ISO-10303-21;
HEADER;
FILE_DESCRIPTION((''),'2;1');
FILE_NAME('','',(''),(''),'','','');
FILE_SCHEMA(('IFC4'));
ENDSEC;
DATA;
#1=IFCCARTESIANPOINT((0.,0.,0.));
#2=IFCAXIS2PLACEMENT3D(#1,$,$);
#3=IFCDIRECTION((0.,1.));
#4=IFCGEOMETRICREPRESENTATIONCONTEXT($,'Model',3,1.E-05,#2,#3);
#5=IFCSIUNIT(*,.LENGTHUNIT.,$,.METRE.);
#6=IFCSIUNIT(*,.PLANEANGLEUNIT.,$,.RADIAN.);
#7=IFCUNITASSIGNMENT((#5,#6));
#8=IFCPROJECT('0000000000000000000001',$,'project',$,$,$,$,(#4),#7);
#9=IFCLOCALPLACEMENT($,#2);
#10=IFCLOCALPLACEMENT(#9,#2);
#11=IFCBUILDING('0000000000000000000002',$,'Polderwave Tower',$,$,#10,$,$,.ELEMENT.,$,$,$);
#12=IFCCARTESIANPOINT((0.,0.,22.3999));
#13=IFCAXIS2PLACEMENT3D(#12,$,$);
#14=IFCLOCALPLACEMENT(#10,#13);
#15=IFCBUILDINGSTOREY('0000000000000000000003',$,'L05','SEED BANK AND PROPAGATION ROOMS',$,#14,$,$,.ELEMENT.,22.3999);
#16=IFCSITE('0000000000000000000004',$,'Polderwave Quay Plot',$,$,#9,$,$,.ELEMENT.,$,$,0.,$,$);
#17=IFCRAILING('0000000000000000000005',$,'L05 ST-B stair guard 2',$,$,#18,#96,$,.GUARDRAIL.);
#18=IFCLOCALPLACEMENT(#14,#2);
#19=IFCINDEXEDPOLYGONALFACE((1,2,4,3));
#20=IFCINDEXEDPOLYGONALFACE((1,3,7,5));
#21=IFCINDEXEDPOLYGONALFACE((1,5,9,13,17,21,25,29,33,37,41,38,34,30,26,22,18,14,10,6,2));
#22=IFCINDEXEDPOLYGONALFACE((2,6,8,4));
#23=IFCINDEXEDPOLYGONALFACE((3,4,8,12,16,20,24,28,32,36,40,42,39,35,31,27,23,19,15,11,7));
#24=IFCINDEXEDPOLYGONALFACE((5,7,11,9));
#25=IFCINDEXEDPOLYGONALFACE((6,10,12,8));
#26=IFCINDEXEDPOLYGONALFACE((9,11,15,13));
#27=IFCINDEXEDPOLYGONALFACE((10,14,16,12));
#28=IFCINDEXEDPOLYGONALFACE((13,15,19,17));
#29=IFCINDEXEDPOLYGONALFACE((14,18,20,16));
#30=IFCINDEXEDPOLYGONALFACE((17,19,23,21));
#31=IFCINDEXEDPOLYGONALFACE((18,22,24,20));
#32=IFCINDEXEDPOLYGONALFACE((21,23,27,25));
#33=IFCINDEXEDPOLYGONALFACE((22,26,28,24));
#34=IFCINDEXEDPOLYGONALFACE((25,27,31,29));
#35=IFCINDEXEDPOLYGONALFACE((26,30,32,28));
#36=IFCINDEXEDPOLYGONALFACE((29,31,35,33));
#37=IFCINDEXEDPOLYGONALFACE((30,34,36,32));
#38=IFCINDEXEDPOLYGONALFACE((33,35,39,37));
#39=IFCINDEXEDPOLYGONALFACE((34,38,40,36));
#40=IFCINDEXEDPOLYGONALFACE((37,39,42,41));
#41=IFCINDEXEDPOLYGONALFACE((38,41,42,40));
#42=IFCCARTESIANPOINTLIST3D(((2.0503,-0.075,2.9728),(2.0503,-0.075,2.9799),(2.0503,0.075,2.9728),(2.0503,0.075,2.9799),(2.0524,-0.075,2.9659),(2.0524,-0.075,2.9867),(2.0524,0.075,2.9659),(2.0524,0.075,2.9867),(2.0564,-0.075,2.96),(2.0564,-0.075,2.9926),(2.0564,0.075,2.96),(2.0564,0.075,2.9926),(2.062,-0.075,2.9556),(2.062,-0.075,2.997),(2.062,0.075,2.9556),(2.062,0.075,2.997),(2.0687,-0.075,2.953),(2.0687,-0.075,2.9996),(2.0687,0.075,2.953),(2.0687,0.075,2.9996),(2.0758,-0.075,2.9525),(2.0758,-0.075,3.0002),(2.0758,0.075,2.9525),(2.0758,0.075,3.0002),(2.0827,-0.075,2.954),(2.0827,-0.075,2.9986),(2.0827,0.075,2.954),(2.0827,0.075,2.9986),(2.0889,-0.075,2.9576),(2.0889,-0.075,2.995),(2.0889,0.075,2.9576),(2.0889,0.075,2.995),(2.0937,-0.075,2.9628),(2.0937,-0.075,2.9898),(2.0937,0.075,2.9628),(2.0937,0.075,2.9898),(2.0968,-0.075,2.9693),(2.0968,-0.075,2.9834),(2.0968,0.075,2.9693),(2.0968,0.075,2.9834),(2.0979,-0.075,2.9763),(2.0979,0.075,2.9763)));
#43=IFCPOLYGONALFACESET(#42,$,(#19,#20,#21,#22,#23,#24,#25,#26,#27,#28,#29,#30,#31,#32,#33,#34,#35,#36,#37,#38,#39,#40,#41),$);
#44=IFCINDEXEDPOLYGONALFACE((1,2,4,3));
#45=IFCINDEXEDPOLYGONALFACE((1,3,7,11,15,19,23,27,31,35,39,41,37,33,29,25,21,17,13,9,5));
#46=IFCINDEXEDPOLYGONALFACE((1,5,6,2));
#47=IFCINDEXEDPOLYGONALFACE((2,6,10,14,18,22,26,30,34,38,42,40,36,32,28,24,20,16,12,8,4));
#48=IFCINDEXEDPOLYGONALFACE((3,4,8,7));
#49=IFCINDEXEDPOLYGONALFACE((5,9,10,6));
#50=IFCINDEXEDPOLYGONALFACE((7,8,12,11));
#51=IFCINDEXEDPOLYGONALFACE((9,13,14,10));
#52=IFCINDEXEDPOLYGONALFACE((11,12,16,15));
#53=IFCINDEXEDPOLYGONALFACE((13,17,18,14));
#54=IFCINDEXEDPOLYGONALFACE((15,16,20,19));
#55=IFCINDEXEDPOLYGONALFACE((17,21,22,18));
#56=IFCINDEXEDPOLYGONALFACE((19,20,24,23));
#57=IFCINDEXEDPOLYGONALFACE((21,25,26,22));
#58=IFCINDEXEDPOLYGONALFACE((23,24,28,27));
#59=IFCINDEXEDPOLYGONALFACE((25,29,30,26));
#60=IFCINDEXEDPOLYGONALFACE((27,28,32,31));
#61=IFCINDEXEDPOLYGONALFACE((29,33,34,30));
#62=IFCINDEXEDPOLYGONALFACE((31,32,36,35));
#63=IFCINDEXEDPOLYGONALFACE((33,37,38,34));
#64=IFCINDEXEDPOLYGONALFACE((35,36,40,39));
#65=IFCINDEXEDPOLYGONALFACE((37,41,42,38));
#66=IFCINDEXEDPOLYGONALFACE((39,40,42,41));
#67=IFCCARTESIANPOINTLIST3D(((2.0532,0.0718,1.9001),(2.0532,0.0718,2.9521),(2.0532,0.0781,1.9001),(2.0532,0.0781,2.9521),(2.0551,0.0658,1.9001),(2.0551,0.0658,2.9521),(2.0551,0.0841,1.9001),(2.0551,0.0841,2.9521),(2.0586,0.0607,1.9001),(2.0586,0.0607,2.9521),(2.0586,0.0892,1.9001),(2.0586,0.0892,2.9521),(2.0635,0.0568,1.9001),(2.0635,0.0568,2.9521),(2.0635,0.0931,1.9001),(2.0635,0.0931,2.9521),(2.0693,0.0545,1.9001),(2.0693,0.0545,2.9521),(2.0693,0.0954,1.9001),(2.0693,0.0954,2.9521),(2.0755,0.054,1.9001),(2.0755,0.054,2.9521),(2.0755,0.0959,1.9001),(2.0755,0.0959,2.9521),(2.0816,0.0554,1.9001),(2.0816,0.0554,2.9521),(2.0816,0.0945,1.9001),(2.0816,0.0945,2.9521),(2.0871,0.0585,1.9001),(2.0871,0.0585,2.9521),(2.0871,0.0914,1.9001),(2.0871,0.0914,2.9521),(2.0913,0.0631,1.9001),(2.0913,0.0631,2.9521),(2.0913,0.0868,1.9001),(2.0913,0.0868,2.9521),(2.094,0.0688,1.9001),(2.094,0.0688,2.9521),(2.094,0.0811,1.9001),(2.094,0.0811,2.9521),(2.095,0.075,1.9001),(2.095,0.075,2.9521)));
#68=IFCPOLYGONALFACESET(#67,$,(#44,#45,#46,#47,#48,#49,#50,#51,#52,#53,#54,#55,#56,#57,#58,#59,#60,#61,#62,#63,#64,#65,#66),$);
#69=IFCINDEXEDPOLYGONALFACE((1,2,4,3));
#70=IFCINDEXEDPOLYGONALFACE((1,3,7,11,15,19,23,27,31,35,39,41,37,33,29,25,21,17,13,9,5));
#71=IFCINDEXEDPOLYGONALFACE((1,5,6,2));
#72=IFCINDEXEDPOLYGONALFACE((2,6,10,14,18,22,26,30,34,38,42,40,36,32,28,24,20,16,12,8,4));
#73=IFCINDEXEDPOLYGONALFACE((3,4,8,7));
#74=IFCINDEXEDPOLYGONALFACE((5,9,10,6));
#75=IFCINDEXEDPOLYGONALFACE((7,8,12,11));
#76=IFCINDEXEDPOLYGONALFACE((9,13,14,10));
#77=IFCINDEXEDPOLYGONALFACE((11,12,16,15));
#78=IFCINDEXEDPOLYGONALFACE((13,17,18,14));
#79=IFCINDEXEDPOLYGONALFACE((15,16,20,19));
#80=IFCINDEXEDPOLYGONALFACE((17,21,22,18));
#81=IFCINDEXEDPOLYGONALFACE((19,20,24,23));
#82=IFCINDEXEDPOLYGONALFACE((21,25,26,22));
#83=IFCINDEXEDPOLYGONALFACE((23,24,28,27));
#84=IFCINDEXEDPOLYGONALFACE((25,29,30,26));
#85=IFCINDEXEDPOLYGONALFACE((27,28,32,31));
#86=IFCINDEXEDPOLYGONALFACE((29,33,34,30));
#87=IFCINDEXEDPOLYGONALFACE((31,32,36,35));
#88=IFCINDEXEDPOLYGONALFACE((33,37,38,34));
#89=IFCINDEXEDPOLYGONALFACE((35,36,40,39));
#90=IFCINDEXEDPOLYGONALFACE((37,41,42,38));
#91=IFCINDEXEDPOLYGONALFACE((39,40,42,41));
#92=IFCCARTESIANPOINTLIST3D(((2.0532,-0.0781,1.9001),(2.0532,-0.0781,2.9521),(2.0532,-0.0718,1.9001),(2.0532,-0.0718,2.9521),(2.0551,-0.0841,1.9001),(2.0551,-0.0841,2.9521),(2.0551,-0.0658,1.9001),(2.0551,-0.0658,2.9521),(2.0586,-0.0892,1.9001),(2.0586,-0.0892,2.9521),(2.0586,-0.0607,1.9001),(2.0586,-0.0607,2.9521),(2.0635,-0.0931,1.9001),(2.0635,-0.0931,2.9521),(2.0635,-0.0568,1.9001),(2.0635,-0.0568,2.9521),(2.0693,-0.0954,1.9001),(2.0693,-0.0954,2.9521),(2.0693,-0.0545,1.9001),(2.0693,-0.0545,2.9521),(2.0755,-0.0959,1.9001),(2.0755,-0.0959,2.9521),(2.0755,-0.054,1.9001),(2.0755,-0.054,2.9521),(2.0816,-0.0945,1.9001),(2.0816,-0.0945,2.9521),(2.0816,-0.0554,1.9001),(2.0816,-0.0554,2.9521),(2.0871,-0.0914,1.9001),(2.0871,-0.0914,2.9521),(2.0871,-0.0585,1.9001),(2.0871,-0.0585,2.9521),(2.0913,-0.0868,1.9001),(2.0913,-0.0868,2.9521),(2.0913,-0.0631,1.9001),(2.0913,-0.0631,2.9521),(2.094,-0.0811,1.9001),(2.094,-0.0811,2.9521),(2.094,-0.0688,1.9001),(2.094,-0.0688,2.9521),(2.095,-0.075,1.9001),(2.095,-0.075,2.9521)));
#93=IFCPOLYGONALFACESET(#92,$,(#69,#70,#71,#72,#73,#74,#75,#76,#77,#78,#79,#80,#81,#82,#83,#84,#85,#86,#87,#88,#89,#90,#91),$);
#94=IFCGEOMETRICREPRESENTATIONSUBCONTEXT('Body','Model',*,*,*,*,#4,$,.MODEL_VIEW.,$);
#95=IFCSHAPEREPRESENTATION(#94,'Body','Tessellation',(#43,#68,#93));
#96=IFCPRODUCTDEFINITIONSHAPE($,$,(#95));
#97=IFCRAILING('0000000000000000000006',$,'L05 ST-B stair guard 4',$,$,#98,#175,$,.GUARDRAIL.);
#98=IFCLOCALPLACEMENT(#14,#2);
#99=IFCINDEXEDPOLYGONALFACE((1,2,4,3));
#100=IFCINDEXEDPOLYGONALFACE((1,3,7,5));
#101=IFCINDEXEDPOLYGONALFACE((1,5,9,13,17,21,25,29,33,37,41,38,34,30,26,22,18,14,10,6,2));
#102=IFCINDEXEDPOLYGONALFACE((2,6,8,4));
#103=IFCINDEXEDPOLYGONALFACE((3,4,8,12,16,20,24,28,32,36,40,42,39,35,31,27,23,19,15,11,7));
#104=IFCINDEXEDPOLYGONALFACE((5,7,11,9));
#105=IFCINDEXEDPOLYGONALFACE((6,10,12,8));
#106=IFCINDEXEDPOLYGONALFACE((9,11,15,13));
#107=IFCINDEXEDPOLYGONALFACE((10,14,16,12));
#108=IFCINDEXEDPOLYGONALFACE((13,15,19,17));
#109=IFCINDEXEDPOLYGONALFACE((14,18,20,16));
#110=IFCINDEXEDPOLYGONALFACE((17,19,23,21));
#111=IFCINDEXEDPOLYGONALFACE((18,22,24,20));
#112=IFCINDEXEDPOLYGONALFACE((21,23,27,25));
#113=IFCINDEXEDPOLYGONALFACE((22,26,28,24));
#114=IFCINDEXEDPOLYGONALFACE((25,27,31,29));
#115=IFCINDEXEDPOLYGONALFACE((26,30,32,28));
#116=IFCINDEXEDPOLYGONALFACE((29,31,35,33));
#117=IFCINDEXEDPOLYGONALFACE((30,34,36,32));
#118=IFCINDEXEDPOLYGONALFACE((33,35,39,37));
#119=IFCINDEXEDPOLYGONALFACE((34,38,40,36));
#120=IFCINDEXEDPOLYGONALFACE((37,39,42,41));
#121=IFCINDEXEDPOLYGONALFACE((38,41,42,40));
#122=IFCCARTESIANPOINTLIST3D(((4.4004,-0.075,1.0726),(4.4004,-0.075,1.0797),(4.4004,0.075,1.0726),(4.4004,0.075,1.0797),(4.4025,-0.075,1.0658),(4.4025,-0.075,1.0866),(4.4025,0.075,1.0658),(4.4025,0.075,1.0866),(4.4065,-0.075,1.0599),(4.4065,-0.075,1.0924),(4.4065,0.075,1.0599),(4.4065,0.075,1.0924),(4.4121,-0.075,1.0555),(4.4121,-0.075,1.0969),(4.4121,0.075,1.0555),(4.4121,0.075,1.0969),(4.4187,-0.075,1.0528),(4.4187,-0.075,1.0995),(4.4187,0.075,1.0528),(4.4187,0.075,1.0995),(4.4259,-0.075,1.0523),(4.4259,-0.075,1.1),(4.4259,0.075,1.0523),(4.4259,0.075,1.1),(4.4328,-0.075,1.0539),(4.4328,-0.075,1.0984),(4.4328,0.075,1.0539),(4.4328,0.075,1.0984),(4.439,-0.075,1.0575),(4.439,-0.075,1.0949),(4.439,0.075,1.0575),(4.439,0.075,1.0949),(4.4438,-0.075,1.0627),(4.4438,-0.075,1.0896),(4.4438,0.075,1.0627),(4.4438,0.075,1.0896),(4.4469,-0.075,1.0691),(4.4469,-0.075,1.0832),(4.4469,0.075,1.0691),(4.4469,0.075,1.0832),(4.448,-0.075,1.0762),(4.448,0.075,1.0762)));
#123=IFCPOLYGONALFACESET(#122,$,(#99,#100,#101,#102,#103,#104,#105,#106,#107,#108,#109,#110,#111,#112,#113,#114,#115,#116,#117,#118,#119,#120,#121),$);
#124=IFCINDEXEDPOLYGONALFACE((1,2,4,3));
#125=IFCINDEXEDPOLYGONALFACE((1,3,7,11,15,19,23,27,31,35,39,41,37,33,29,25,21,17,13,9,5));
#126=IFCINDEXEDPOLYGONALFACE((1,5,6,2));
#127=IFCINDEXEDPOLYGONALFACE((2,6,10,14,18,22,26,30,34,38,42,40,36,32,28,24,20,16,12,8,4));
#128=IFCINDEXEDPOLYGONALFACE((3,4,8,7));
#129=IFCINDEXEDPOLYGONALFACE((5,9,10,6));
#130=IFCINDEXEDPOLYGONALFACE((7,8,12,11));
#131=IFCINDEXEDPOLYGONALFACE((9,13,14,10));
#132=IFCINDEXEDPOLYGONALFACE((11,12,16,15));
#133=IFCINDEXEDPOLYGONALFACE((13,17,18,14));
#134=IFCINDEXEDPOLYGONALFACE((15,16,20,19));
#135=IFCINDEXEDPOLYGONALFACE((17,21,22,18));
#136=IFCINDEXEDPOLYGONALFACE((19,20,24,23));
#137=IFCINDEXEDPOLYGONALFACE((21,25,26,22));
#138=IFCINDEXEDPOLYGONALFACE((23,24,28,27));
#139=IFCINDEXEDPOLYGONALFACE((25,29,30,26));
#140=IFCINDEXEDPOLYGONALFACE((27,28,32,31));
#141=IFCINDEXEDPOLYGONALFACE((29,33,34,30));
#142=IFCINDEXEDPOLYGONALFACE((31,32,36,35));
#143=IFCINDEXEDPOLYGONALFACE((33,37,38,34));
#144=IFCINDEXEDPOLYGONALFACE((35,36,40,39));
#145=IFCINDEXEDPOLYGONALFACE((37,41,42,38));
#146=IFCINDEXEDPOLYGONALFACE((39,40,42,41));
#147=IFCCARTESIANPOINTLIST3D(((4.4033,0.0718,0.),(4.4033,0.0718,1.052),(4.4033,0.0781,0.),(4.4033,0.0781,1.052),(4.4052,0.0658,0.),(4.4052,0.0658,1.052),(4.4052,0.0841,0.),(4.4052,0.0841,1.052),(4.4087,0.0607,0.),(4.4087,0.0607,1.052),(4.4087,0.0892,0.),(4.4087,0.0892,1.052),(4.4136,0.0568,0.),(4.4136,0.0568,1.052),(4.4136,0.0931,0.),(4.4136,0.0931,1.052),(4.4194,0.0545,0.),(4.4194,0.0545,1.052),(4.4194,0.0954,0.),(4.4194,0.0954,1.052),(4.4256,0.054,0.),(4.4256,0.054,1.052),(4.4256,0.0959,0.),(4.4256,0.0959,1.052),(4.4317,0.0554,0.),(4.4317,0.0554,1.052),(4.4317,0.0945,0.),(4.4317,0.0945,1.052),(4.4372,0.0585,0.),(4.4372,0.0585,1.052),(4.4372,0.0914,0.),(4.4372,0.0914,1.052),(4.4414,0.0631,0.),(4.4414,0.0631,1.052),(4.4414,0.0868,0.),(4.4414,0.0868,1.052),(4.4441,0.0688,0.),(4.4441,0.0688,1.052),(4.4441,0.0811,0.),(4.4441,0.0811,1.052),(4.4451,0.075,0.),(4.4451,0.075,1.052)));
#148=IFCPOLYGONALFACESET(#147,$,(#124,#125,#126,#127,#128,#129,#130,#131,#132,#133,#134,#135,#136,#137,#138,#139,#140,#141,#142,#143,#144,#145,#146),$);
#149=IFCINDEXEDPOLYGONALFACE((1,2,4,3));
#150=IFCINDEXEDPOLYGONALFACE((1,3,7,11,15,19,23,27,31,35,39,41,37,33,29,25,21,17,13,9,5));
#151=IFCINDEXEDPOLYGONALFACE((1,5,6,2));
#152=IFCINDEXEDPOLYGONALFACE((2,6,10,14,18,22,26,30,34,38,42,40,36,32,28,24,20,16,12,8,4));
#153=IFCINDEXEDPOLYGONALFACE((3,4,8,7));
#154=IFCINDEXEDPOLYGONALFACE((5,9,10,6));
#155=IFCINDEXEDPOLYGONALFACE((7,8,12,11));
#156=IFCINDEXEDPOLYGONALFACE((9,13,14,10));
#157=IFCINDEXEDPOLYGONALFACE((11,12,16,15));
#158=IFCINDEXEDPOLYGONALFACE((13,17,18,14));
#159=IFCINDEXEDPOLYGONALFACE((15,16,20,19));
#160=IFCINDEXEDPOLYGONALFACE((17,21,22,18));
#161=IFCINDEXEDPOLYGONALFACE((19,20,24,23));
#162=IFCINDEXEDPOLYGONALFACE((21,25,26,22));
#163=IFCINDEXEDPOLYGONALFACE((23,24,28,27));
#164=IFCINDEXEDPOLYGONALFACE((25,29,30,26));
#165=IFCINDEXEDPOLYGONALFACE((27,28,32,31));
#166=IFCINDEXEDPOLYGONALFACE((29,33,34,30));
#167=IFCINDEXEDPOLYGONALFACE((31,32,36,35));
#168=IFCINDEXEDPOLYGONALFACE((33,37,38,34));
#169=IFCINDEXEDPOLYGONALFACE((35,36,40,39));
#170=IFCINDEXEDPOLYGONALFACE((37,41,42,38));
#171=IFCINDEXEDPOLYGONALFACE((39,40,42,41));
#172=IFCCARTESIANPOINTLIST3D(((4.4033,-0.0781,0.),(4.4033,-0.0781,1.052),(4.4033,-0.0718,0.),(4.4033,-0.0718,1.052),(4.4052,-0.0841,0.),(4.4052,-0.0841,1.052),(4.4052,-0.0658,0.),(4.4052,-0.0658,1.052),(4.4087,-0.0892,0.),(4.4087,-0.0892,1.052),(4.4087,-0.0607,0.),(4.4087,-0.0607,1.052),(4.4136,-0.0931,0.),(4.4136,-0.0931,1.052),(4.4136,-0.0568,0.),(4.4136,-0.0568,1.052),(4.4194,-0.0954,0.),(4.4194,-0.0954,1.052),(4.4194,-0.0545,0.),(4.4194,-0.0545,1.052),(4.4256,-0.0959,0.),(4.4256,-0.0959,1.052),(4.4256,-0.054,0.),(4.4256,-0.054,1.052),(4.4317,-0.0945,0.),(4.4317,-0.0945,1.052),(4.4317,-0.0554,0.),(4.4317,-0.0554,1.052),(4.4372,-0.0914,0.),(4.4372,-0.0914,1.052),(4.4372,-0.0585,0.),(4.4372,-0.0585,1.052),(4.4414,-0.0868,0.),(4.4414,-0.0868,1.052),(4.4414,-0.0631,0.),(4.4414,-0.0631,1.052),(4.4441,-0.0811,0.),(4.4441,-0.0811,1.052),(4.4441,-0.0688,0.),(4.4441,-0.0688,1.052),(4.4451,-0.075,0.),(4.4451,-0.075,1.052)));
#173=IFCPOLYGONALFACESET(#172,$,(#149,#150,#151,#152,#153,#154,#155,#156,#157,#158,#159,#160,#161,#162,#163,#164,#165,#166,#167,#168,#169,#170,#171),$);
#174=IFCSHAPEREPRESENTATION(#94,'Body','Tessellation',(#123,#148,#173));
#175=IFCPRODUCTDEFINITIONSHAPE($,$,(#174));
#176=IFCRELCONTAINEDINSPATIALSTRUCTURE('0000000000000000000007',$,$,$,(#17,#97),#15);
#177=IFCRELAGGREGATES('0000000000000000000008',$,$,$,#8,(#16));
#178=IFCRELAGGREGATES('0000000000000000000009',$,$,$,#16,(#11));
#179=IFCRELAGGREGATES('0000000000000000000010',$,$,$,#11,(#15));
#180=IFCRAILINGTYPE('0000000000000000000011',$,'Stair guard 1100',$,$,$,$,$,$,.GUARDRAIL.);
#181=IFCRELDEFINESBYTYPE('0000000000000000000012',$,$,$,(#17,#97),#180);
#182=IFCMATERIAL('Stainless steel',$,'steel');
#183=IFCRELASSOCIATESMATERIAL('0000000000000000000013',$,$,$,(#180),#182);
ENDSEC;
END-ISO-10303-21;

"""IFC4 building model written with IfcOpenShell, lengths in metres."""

from ifc_helpers import new_model, si_unit, direction, frame, origin, origin_2d, place, context, subcontext, project, spatial, circle, extrude, material, type_object, element, save


model = new_model("IFC4")

# Units and contexts
model_context = context("Model", 3, precision=1e-05, world=origin(), true_north=direction((0.0, 1.0)))
body_context = subcontext(model_context, "Body", "Model", "MODEL_VIEW")
ifc_project = project(units=[si_unit("LENGTHUNIT", "METRE"), si_unit("PLANEANGLEUNIT", "RADIAN")], contexts=[model_context])

# Site, building, storey
site_placement = place(None, origin())
site = spatial("IfcSite", under=ifc_project, at=site_placement, Name="Polderwave Quay Plot", CompositionType="ELEMENT", RefElevation=0.0)
building_placement = place(site_placement, origin())
building = spatial("IfcBuilding", under=site, at=building_placement, Name="Polderwave Tower", CompositionType="ELEMENT")
storey_placement = place(building_placement, frame((0.0, 0.0, 22.3999)))
storey = spatial("IfcBuildingStorey", under=building, at=storey_placement, Name="L05", Description="SEED BANK AND PROPAGATION ROOMS", CompositionType="ELEMENT", Elevation=22.3999)

# Railings
ifc_material_1 = material(Name="Stainless steel", Category="steel")
railing_type_1 = type_object("IfcRailingType", Name="Stair guard 1100", PredefinedType="GUARDRAIL", material=ifc_material_1)
for number, where, name in (
    (1, (2.074, 0.075, 1.9001), "L05 ST-B stair guard 2"),
    (2, (4.4241, 0.075, 0.0), "L05 ST-B stair guard 4"),
):
    element("IfcRailing", number, at=place(storey_placement, frame(where)), inside=storey, type_object=railing_type_1, Name=name, PredefinedType="GUARDRAIL", context=body_context, shape_type="SweptSolid", body=[
        extrude(circle(Radius=0.0239, at=origin_2d()), frame((0.0, 0.0, 1.0762), z_axis=(0.0, -1.0, 0.0), x_axis=(1.0, 0.0, 0.0)), (0.0, 0.0, 1.0), 0.1499),
        extrude(circle(Radius=0.021, at=origin_2d()), origin(), (0.0, 0.0, 1.0), 1.052),
        extrude(circle(Radius=0.021, at=origin_2d()), frame((0.0, -0.1499, 0.0)), (0.0, 0.0, 1.0), 1.052),
    ])

save(model, "model.ifc")
